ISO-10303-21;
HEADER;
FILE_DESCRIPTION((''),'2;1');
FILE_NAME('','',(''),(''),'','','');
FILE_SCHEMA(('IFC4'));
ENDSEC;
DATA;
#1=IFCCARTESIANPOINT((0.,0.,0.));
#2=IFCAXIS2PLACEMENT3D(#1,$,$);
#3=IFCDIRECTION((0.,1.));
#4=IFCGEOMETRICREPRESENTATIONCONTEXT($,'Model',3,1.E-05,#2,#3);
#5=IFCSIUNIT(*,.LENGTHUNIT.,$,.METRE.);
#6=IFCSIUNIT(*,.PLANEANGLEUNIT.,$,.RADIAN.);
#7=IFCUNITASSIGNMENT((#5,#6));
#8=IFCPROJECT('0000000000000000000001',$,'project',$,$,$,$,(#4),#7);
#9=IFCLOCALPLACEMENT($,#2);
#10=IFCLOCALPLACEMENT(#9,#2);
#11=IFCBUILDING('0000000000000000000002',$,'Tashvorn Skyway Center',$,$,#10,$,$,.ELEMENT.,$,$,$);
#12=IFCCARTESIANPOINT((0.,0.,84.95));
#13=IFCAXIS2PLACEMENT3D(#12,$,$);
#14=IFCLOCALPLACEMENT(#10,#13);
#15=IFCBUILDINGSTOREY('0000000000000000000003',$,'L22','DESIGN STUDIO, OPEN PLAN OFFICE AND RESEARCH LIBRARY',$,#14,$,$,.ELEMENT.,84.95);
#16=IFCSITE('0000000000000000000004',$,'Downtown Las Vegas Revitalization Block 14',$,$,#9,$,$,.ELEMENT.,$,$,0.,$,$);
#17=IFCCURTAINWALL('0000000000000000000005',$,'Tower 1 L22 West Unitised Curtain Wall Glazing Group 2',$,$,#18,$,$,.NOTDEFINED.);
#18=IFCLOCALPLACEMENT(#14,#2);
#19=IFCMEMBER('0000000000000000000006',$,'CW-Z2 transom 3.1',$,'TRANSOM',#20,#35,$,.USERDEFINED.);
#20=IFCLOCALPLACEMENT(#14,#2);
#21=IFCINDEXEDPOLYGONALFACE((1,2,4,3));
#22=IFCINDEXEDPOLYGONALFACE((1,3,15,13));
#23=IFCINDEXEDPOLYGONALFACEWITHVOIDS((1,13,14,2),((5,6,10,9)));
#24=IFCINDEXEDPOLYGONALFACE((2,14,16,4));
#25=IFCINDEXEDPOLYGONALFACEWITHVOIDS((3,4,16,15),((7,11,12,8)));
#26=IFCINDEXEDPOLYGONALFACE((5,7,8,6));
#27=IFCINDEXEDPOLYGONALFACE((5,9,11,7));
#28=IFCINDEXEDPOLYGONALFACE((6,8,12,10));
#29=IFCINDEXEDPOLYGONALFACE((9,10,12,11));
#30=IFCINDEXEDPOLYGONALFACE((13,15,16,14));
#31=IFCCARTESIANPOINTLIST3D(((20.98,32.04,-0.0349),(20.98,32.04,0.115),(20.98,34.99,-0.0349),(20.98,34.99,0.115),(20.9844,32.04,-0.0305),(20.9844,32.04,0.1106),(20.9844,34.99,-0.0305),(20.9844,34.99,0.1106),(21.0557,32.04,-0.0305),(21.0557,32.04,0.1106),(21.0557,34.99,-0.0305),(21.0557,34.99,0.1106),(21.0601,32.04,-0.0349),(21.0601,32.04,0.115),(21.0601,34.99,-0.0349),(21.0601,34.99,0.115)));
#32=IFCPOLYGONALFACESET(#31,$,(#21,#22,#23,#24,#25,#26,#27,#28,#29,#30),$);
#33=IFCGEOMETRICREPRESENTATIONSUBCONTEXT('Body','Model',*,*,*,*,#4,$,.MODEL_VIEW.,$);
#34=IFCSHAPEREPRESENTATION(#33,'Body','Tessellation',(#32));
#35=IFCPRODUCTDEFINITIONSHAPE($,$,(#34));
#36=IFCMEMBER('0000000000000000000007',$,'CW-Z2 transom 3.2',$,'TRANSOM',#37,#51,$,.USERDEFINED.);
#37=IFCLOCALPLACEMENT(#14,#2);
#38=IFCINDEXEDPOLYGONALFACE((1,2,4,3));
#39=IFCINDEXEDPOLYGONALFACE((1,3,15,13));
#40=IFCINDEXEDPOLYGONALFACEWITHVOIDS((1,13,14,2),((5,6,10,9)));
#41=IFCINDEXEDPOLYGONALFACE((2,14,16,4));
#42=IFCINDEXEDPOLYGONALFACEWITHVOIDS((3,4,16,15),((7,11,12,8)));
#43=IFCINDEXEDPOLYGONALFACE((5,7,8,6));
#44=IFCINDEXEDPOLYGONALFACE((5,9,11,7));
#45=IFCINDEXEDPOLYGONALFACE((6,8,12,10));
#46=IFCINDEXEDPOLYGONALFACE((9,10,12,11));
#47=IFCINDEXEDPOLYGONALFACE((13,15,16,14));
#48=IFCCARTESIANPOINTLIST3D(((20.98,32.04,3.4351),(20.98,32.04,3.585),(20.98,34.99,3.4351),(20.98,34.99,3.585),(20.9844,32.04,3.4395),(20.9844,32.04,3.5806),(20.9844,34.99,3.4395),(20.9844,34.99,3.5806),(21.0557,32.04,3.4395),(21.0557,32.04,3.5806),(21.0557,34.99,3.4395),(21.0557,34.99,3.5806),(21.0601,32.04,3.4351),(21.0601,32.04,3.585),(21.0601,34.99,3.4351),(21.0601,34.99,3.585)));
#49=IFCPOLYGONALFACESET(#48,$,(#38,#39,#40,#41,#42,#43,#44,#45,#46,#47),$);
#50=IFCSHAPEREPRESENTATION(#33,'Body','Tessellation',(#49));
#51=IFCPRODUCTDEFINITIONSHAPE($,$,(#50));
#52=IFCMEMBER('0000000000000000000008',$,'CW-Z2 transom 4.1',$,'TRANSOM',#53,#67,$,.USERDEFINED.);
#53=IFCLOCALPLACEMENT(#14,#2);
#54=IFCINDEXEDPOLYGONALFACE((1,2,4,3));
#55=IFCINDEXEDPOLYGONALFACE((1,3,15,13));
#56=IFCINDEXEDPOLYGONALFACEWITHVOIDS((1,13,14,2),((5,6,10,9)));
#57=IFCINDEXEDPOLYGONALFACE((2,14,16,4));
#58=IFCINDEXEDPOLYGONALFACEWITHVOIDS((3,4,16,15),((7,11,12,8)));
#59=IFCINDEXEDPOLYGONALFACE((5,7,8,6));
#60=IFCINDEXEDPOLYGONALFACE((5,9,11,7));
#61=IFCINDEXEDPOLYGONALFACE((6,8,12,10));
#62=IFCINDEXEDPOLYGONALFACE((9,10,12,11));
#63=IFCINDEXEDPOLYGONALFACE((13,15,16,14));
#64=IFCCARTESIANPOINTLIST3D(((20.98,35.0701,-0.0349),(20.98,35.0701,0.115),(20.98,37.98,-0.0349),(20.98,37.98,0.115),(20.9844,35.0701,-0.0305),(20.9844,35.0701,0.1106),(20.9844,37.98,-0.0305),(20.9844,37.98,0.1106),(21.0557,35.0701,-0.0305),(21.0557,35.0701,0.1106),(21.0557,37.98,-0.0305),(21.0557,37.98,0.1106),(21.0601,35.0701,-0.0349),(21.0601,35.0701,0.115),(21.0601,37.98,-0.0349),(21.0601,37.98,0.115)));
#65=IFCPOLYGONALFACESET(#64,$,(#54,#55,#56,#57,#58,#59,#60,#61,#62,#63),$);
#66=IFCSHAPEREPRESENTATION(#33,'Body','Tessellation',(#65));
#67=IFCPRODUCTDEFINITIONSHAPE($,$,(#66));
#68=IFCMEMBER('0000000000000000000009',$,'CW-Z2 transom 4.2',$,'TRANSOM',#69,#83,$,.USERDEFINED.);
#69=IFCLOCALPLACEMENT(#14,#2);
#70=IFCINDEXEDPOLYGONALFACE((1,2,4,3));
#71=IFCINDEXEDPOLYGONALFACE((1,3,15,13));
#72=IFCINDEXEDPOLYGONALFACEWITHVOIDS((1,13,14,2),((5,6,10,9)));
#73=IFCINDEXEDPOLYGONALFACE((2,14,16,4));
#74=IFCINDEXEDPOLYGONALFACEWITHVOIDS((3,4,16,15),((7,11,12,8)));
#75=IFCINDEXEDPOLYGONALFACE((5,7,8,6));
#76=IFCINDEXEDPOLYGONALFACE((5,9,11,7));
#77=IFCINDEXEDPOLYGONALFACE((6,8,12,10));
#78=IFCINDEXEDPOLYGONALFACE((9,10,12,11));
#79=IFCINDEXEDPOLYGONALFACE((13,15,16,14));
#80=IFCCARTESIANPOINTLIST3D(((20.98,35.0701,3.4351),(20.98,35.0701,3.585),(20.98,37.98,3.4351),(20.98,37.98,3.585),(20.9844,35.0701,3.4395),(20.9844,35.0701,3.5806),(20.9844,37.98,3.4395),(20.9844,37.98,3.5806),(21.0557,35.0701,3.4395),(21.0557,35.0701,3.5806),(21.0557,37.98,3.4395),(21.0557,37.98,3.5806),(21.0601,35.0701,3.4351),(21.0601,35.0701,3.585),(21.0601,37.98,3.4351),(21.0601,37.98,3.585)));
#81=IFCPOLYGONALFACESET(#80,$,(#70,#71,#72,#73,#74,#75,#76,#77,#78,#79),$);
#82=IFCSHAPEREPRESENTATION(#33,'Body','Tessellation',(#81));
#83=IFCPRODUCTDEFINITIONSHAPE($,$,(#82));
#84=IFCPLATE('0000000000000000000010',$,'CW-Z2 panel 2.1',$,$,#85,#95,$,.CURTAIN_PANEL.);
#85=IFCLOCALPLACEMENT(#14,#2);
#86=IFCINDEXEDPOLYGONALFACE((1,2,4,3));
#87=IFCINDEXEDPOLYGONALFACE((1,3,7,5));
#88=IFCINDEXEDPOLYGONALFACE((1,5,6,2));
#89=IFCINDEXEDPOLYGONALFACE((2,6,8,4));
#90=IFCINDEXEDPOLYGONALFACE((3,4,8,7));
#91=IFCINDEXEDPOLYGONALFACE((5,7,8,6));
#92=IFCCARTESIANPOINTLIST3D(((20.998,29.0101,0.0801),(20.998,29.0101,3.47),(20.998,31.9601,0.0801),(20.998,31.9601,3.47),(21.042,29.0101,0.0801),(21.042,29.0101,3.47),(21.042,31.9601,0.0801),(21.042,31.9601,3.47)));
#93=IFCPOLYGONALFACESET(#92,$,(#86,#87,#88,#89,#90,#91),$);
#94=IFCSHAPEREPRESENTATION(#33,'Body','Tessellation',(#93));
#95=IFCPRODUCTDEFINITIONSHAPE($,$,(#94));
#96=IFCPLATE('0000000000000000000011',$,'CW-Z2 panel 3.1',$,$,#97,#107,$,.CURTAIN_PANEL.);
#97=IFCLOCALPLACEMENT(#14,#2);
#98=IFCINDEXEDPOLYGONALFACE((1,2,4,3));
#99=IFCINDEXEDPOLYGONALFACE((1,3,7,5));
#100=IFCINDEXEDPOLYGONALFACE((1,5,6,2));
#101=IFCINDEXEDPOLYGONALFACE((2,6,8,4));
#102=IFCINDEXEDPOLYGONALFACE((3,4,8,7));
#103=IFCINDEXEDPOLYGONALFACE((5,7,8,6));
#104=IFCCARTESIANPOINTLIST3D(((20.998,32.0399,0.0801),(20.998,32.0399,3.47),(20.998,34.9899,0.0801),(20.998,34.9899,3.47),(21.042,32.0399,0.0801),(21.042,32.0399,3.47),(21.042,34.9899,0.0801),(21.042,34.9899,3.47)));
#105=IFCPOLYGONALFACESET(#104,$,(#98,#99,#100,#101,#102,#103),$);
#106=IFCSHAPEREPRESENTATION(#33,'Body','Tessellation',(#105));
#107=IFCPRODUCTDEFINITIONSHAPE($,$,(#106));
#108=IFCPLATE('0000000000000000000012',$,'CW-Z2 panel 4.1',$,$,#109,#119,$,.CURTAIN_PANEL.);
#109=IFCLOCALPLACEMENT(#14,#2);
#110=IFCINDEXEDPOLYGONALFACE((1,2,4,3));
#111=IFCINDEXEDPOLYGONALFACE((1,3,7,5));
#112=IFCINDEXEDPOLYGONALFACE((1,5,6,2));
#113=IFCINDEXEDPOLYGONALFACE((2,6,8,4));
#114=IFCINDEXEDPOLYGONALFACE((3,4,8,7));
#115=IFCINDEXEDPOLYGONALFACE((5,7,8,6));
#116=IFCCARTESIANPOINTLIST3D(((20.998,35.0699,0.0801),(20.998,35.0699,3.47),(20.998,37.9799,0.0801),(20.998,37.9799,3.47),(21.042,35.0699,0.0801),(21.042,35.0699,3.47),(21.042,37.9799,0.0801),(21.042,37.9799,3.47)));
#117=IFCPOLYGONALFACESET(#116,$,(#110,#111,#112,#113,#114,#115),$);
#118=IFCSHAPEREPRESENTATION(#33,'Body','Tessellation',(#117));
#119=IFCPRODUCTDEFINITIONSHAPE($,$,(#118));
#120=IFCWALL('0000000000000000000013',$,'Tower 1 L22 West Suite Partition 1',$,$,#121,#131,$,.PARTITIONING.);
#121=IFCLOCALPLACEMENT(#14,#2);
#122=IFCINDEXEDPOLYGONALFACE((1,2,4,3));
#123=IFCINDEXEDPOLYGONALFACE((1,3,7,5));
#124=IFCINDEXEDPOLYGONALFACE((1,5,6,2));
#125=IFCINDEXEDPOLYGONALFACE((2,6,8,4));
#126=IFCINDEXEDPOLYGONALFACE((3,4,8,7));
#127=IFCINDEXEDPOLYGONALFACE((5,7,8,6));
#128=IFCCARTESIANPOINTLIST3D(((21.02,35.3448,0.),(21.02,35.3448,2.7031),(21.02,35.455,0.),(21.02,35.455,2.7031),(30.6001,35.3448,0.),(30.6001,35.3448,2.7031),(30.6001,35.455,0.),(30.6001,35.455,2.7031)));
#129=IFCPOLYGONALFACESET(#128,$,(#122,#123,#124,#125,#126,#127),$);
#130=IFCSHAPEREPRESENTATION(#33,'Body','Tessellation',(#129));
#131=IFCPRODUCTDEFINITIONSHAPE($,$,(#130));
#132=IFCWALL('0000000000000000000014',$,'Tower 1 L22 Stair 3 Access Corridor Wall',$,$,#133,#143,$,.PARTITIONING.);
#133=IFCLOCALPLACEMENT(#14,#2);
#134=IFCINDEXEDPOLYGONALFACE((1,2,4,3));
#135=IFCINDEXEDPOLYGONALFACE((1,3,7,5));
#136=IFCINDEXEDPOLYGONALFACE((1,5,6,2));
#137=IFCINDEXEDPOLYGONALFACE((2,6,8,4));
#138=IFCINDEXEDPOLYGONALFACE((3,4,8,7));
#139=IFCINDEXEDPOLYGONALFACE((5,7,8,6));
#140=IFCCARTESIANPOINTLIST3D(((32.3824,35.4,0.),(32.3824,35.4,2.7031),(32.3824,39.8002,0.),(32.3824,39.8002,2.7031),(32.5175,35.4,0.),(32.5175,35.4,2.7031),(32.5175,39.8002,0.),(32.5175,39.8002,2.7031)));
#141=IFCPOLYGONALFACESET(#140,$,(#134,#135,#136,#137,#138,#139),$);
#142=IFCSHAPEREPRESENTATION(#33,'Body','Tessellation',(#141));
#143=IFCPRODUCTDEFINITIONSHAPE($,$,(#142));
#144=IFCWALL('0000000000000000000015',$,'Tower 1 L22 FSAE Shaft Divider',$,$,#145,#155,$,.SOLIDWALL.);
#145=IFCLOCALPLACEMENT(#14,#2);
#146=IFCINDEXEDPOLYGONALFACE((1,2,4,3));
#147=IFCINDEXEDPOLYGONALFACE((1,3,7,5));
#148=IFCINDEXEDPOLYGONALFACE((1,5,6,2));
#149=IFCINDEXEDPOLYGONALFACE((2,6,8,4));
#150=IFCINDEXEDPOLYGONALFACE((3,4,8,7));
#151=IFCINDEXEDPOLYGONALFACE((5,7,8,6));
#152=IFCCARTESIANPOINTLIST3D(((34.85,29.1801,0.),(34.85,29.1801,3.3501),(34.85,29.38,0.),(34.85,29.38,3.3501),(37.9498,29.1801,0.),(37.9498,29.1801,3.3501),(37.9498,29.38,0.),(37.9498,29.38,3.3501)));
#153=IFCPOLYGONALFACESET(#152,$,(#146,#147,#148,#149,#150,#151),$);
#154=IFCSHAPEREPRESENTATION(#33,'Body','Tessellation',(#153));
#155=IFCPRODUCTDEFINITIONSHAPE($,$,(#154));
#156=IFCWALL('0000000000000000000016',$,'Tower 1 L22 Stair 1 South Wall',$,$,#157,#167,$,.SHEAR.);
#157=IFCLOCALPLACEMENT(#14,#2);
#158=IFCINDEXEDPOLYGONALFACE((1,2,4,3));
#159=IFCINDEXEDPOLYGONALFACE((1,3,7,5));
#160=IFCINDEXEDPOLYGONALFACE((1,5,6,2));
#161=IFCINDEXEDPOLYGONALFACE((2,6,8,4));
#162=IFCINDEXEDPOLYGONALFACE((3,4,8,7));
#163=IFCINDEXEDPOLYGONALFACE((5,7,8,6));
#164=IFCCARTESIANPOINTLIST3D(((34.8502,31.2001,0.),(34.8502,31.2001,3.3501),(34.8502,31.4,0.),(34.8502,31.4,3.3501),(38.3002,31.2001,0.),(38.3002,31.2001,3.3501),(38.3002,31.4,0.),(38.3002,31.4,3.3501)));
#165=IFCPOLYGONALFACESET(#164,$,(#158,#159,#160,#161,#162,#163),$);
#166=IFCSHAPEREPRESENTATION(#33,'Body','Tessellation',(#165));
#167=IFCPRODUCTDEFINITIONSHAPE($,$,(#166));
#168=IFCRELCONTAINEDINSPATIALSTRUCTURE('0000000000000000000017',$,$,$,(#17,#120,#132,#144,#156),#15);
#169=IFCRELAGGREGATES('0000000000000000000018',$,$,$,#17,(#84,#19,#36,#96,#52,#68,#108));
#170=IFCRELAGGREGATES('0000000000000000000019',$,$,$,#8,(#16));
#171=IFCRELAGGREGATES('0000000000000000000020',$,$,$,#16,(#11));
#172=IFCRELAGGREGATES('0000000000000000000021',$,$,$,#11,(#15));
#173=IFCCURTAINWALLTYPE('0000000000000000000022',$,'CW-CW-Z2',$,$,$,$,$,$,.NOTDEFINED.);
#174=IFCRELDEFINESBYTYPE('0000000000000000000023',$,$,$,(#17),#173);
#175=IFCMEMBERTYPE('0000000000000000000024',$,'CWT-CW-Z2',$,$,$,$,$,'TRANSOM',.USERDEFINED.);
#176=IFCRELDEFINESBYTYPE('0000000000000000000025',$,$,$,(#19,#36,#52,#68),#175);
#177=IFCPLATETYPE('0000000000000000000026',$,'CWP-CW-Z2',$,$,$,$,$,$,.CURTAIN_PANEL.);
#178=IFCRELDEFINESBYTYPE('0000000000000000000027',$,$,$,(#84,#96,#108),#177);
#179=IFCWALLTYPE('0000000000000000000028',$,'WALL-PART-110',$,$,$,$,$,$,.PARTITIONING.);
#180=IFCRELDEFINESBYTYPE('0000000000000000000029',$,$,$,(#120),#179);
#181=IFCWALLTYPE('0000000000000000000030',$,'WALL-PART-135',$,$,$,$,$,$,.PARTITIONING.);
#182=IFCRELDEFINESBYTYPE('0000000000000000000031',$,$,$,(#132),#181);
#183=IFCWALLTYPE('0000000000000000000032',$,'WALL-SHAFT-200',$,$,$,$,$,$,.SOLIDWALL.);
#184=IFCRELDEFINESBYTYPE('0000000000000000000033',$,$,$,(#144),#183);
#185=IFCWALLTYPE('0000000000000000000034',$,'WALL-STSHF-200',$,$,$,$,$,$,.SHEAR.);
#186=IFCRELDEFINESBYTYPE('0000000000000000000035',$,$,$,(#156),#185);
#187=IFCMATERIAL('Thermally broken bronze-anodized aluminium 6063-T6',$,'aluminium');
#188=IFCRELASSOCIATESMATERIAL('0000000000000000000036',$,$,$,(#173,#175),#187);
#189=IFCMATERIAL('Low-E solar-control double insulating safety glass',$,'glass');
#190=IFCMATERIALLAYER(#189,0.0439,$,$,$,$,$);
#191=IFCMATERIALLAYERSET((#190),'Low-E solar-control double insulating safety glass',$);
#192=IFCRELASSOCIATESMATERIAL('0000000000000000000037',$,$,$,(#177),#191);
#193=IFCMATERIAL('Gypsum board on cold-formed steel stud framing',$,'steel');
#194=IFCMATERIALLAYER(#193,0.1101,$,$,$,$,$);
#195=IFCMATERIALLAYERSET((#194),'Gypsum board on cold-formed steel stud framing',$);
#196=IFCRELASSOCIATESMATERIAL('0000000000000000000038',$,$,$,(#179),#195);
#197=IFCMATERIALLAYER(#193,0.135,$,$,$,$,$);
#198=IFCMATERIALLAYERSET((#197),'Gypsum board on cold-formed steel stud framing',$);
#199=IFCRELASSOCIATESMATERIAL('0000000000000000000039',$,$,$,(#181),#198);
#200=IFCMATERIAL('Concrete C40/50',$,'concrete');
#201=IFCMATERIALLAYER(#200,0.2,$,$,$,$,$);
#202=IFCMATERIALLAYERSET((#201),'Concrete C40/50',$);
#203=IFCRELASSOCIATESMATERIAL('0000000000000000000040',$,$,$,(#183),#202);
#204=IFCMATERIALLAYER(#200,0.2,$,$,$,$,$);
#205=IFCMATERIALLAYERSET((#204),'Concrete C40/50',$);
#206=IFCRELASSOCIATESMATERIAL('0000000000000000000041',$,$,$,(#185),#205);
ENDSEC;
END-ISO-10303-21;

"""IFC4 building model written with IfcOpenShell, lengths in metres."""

from ifc_helpers import new_model, si_unit, direction, frame, frame_2d, origin, origin_2d, place, context, subcontext, project, spatial, rectangle, hollow_rectangle, extrude, material, layer, layer_set, material_profile, profile_set, type_object, element, aggregate, save


model = new_model("IFC4")

# Units and contexts
model_context = context("Model", 3, precision=1e-05, world=origin(), true_north=direction((0.0, 1.0)))
body_context = subcontext(model_context, "Body", "Model", "MODEL_VIEW")
ifc_project = project(units=[si_unit("LENGTHUNIT", "METRE"), si_unit("PLANEANGLEUNIT", "RADIAN")], contexts=[model_context])

# Site, building, storey
site_placement = place(None, origin())
site = spatial("IfcSite", under=ifc_project, at=site_placement, Name="Downtown Las Vegas Revitalization Block 14", CompositionType="ELEMENT", RefElevation=0.0)
building_placement = place(site_placement, origin())
building = spatial("IfcBuilding", under=site, at=building_placement, Name="Tashvorn Skyway Center", CompositionType="ELEMENT")
storey_placement = place(building_placement, frame((0.0, 0.0, 84.95)))
storey = spatial("IfcBuildingStorey", under=building, at=storey_placement, Name="L22", Description="DESIGN STUDIO, OPEN PLAN OFFICE AND RESEARCH LIBRARY", CompositionType="ELEMENT", Elevation=84.95)

# Curtain wall, members, plates
ifc_material_1 = material(Name="Thermally broken bronze-anodized aluminium 6063-T6", Category="aluminium")
curtain_wall_type = type_object("IfcCurtainWallType", Name="CW-CW-Z2", PredefinedType="NOTDEFINED", material=ifc_material_1)
curtain_wall_placement = place(storey_placement, origin())
curtain_wall = element("IfcCurtainWall", 1, at=curtain_wall_placement, inside=storey, type_object=curtain_wall_type, Name="Tower 1 L22 West Unitised Curtain Wall Glazing Group 2", PredefinedType="NOTDEFINED")
ifc_material_profile_1 = material_profile(ifc_material_1, hollow_rectangle(XDim=0.0801, YDim=0.1499, WallThickness=0.0044, at=origin_2d()), Name="ALU-TRAN-80x150")
ifc_profile_set_1 = profile_set([ifc_material_profile_1], Name="Thermally broken bronze-anodized aluminium 6063-T6")
member_type_1 = type_object("IfcMemberType", Name="CWT-CW-Z2", ElementType="TRANSOM", PredefinedType="USERDEFINED", material=ifc_profile_set_1)
member_1_placement = place(storey_placement, frame((21.02, 32.04, 0.04), z_axis=(0.0, 1.0, 0.0), x_axis=(-1.0, 0.0, 0.0)))
member_1 = element("IfcMember", 2, at=member_1_placement, type_object=member_type_1, Name="CW-Z2 transom 3.1", ObjectType="TRANSOM", PredefinedType="USERDEFINED", context=body_context, shape_type="SweptSolid", body=[
    extrude(hollow_rectangle(XDim=0.0801, YDim=0.1499, WallThickness=0.0044, at=origin_2d()), origin(), (0.0, 0.0, 1.0), 2.95),
])
member_2_placement = place(storey_placement, frame((21.02, 32.04, 3.51), z_axis=(0.0, 1.0, 0.0), x_axis=(-1.0, 0.0, 0.0)))
member_2 = element("IfcMember", 3, at=member_2_placement, type_object=member_type_1, Name="CW-Z2 transom 3.2", ObjectType="TRANSOM", PredefinedType="USERDEFINED", context=body_context, shape_type="SweptSolid", body=[
    extrude(hollow_rectangle(XDim=0.0801, YDim=0.1499, WallThickness=0.0044, at=origin_2d()), origin(), (0.0, 0.0, 1.0), 2.95),
])
member_3_placement = place(storey_placement, frame((21.02, 35.0701, 0.04), z_axis=(0.0, 1.0, 0.0), x_axis=(-1.0, 0.0, 0.0)))
member_3 = element("IfcMember", 4, at=member_3_placement, type_object=member_type_1, Name="CW-Z2 transom 4.1", ObjectType="TRANSOM", PredefinedType="USERDEFINED", context=body_context, shape_type="SweptSolid", body=[
    extrude(hollow_rectangle(XDim=0.0801, YDim=0.1499, WallThickness=0.0044, at=origin_2d()), origin(), (0.0, 0.0, 1.0), 2.9099),
])
member_4_placement = place(storey_placement, frame((21.02, 35.0701, 3.51), z_axis=(0.0, 1.0, 0.0), x_axis=(-1.0, 0.0, 0.0)))
member_4 = element("IfcMember", 5, at=member_4_placement, type_object=member_type_1, Name="CW-Z2 transom 4.2", ObjectType="TRANSOM", PredefinedType="USERDEFINED", context=body_context, shape_type="SweptSolid", body=[
    extrude(hollow_rectangle(XDim=0.0801, YDim=0.1499, WallThickness=0.0044, at=origin_2d()), origin(), (0.0, 0.0, 1.0), 2.9099),
])
ifc_material_2 = material(Name="Low-E solar-control double insulating safety glass", Category="glass")
ifc_layer_1 = layer(ifc_material_2, 0.0439)
ifc_layer_set_1 = layer_set([ifc_layer_1], Name="Low-E solar-control double insulating safety glass")
plate_type = type_object("IfcPlateType", Name="CWP-CW-Z2", PredefinedType="CURTAIN_PANEL", material=ifc_layer_set_1)
plate_1_placement = place(storey_placement, frame((21.02, 30.4851, 0.0801), z_axis=(0.0, 0.0, 1.0), x_axis=(0.0, 1.0, 0.0)))
plate_1 = element("IfcPlate", 6, at=plate_1_placement, type_object=plate_type, Name="CW-Z2 panel 2.1", PredefinedType="CURTAIN_PANEL", context=body_context, shape_type="SweptSolid", body=[
    extrude(rectangle(XDim=2.95, YDim=0.0439, at=origin_2d()), origin(), (0.0, 0.0, 1.0), 3.3899),
])
plate_2_placement = place(storey_placement, frame((21.02, 33.5149, 0.0801), z_axis=(0.0, 0.0, 1.0), x_axis=(0.0, 1.0, 0.0)))
plate_2 = element("IfcPlate", 7, at=plate_2_placement, type_object=plate_type, Name="CW-Z2 panel 3.1", PredefinedType="CURTAIN_PANEL", context=body_context, shape_type="SweptSolid", body=[
    extrude(rectangle(XDim=2.95, YDim=0.0439, at=origin_2d()), origin(), (0.0, 0.0, 1.0), 3.3899),
])
plate_3_placement = place(storey_placement, frame((21.02, 36.5249, 0.0801), z_axis=(0.0, 0.0, 1.0), x_axis=(0.0, 1.0, 0.0)))
plate_3 = element("IfcPlate", 8, at=plate_3_placement, type_object=plate_type, Name="CW-Z2 panel 4.1", PredefinedType="CURTAIN_PANEL", context=body_context, shape_type="SweptSolid", body=[
    extrude(rectangle(XDim=2.9099, YDim=0.0439, at=origin_2d()), origin(), (0.0, 0.0, 1.0), 3.3899),
])
aggregate(curtain_wall, [plate_1, member_1, member_2, plate_2, member_3, member_4, plate_3])

# Walls
ifc_material_3 = material(Name="Gypsum board on cold-formed steel stud framing", Category="steel")
ifc_layer_2 = layer(ifc_material_3, 0.1101)
ifc_layer_set_2 = layer_set([ifc_layer_2], Name="Gypsum board on cold-formed steel stud framing")
wall_type_1 = type_object("IfcWallType", Name="WALL-PART-110", PredefinedType="PARTITIONING", material=ifc_layer_set_2)
wall_1_placement = place(storey_placement, frame((30.6001, 35.3999, 0.0), z_axis=(0.0, 0.0, 1.0), x_axis=(-1.0, 0.0, 0.0)))
element("IfcWall", 9, at=wall_1_placement, inside=storey, type_object=wall_type_1, Name="Tower 1 L22 West Suite Partition 1", PredefinedType="PARTITIONING", context=body_context, shape_type="SweptSolid", body=[
    extrude(rectangle(XDim=9.5801, YDim=0.1101, at=frame_2d((4.79, 0.0))), origin(), (0.0, 0.0, 1.0), 2.7031),
])
ifc_layer_3 = layer(ifc_material_3, 0.135)
ifc_layer_set_3 = layer_set([ifc_layer_3], Name="Gypsum board on cold-formed steel stud framing")
wall_type_2 = type_object("IfcWallType", Name="WALL-PART-135", PredefinedType="PARTITIONING", material=ifc_layer_set_3)
wall_2_placement = place(storey_placement, frame((32.45, 35.3999, 0.0), z_axis=(0.0, 0.0, 1.0), x_axis=(0.0, 1.0, 0.0)))
element("IfcWall", 10, at=wall_2_placement, inside=storey, type_object=wall_type_2, Name="Tower 1 L22 Stair 3 Access Corridor Wall", PredefinedType="PARTITIONING", context=body_context, shape_type="SweptSolid", body=[
    extrude(rectangle(XDim=4.4001, YDim=0.135, at=frame_2d((2.2002, 0.0))), origin(), (0.0, 0.0, 1.0), 2.7031),
])
ifc_material_4 = material(Name="Concrete C40/50", Category="concrete")
ifc_layer_4 = layer(ifc_material_4, 0.2)
ifc_layer_set_4 = layer_set([ifc_layer_4], Name="Concrete C40/50")
wall_type_3 = type_object("IfcWallType", Name="WALL-SHAFT-200", PredefinedType="SOLIDWALL", material=ifc_layer_set_4)
wall_3_placement = place(storey_placement, frame((34.8501, 29.28, 0.0), z_axis=(0.0, 0.0, 1.0), x_axis=(1.0, 0.0, 0.0)))
element("IfcWall", 11, at=wall_3_placement, inside=storey, type_object=wall_type_3, Name="Tower 1 L22 FSAE Shaft Divider", PredefinedType="SOLIDWALL", context=body_context, shape_type="SweptSolid", body=[
    extrude(rectangle(XDim=3.0999, YDim=0.2, at=frame_2d((1.5498, 0.0))), origin(), (0.0, 0.0, 1.0), 3.3501),
])
ifc_layer_5 = layer(ifc_material_4, 0.2)
ifc_layer_set_5 = layer_set([ifc_layer_5], Name="Concrete C40/50")
wall_type_4 = type_object("IfcWallType", Name="WALL-STSHF-200", PredefinedType="SHEAR", material=ifc_layer_set_5)
wall_4_placement = place(storey_placement, frame((34.8501, 31.3, 0.0), z_axis=(0.0, 0.0, 1.0), x_axis=(1.0, 0.0, 0.0)))
element("IfcWall", 12, at=wall_4_placement, inside=storey, type_object=wall_type_4, Name="Tower 1 L22 Stair 1 South Wall", PredefinedType="SHEAR", context=body_context, shape_type="SweptSolid", body=[
    extrude(rectangle(XDim=3.45, YDim=0.2, at=frame_2d((1.7251, 0.0))), origin(), (0.0, 0.0, 1.0), 3.3501),
])

save(model, "model.ifc")
